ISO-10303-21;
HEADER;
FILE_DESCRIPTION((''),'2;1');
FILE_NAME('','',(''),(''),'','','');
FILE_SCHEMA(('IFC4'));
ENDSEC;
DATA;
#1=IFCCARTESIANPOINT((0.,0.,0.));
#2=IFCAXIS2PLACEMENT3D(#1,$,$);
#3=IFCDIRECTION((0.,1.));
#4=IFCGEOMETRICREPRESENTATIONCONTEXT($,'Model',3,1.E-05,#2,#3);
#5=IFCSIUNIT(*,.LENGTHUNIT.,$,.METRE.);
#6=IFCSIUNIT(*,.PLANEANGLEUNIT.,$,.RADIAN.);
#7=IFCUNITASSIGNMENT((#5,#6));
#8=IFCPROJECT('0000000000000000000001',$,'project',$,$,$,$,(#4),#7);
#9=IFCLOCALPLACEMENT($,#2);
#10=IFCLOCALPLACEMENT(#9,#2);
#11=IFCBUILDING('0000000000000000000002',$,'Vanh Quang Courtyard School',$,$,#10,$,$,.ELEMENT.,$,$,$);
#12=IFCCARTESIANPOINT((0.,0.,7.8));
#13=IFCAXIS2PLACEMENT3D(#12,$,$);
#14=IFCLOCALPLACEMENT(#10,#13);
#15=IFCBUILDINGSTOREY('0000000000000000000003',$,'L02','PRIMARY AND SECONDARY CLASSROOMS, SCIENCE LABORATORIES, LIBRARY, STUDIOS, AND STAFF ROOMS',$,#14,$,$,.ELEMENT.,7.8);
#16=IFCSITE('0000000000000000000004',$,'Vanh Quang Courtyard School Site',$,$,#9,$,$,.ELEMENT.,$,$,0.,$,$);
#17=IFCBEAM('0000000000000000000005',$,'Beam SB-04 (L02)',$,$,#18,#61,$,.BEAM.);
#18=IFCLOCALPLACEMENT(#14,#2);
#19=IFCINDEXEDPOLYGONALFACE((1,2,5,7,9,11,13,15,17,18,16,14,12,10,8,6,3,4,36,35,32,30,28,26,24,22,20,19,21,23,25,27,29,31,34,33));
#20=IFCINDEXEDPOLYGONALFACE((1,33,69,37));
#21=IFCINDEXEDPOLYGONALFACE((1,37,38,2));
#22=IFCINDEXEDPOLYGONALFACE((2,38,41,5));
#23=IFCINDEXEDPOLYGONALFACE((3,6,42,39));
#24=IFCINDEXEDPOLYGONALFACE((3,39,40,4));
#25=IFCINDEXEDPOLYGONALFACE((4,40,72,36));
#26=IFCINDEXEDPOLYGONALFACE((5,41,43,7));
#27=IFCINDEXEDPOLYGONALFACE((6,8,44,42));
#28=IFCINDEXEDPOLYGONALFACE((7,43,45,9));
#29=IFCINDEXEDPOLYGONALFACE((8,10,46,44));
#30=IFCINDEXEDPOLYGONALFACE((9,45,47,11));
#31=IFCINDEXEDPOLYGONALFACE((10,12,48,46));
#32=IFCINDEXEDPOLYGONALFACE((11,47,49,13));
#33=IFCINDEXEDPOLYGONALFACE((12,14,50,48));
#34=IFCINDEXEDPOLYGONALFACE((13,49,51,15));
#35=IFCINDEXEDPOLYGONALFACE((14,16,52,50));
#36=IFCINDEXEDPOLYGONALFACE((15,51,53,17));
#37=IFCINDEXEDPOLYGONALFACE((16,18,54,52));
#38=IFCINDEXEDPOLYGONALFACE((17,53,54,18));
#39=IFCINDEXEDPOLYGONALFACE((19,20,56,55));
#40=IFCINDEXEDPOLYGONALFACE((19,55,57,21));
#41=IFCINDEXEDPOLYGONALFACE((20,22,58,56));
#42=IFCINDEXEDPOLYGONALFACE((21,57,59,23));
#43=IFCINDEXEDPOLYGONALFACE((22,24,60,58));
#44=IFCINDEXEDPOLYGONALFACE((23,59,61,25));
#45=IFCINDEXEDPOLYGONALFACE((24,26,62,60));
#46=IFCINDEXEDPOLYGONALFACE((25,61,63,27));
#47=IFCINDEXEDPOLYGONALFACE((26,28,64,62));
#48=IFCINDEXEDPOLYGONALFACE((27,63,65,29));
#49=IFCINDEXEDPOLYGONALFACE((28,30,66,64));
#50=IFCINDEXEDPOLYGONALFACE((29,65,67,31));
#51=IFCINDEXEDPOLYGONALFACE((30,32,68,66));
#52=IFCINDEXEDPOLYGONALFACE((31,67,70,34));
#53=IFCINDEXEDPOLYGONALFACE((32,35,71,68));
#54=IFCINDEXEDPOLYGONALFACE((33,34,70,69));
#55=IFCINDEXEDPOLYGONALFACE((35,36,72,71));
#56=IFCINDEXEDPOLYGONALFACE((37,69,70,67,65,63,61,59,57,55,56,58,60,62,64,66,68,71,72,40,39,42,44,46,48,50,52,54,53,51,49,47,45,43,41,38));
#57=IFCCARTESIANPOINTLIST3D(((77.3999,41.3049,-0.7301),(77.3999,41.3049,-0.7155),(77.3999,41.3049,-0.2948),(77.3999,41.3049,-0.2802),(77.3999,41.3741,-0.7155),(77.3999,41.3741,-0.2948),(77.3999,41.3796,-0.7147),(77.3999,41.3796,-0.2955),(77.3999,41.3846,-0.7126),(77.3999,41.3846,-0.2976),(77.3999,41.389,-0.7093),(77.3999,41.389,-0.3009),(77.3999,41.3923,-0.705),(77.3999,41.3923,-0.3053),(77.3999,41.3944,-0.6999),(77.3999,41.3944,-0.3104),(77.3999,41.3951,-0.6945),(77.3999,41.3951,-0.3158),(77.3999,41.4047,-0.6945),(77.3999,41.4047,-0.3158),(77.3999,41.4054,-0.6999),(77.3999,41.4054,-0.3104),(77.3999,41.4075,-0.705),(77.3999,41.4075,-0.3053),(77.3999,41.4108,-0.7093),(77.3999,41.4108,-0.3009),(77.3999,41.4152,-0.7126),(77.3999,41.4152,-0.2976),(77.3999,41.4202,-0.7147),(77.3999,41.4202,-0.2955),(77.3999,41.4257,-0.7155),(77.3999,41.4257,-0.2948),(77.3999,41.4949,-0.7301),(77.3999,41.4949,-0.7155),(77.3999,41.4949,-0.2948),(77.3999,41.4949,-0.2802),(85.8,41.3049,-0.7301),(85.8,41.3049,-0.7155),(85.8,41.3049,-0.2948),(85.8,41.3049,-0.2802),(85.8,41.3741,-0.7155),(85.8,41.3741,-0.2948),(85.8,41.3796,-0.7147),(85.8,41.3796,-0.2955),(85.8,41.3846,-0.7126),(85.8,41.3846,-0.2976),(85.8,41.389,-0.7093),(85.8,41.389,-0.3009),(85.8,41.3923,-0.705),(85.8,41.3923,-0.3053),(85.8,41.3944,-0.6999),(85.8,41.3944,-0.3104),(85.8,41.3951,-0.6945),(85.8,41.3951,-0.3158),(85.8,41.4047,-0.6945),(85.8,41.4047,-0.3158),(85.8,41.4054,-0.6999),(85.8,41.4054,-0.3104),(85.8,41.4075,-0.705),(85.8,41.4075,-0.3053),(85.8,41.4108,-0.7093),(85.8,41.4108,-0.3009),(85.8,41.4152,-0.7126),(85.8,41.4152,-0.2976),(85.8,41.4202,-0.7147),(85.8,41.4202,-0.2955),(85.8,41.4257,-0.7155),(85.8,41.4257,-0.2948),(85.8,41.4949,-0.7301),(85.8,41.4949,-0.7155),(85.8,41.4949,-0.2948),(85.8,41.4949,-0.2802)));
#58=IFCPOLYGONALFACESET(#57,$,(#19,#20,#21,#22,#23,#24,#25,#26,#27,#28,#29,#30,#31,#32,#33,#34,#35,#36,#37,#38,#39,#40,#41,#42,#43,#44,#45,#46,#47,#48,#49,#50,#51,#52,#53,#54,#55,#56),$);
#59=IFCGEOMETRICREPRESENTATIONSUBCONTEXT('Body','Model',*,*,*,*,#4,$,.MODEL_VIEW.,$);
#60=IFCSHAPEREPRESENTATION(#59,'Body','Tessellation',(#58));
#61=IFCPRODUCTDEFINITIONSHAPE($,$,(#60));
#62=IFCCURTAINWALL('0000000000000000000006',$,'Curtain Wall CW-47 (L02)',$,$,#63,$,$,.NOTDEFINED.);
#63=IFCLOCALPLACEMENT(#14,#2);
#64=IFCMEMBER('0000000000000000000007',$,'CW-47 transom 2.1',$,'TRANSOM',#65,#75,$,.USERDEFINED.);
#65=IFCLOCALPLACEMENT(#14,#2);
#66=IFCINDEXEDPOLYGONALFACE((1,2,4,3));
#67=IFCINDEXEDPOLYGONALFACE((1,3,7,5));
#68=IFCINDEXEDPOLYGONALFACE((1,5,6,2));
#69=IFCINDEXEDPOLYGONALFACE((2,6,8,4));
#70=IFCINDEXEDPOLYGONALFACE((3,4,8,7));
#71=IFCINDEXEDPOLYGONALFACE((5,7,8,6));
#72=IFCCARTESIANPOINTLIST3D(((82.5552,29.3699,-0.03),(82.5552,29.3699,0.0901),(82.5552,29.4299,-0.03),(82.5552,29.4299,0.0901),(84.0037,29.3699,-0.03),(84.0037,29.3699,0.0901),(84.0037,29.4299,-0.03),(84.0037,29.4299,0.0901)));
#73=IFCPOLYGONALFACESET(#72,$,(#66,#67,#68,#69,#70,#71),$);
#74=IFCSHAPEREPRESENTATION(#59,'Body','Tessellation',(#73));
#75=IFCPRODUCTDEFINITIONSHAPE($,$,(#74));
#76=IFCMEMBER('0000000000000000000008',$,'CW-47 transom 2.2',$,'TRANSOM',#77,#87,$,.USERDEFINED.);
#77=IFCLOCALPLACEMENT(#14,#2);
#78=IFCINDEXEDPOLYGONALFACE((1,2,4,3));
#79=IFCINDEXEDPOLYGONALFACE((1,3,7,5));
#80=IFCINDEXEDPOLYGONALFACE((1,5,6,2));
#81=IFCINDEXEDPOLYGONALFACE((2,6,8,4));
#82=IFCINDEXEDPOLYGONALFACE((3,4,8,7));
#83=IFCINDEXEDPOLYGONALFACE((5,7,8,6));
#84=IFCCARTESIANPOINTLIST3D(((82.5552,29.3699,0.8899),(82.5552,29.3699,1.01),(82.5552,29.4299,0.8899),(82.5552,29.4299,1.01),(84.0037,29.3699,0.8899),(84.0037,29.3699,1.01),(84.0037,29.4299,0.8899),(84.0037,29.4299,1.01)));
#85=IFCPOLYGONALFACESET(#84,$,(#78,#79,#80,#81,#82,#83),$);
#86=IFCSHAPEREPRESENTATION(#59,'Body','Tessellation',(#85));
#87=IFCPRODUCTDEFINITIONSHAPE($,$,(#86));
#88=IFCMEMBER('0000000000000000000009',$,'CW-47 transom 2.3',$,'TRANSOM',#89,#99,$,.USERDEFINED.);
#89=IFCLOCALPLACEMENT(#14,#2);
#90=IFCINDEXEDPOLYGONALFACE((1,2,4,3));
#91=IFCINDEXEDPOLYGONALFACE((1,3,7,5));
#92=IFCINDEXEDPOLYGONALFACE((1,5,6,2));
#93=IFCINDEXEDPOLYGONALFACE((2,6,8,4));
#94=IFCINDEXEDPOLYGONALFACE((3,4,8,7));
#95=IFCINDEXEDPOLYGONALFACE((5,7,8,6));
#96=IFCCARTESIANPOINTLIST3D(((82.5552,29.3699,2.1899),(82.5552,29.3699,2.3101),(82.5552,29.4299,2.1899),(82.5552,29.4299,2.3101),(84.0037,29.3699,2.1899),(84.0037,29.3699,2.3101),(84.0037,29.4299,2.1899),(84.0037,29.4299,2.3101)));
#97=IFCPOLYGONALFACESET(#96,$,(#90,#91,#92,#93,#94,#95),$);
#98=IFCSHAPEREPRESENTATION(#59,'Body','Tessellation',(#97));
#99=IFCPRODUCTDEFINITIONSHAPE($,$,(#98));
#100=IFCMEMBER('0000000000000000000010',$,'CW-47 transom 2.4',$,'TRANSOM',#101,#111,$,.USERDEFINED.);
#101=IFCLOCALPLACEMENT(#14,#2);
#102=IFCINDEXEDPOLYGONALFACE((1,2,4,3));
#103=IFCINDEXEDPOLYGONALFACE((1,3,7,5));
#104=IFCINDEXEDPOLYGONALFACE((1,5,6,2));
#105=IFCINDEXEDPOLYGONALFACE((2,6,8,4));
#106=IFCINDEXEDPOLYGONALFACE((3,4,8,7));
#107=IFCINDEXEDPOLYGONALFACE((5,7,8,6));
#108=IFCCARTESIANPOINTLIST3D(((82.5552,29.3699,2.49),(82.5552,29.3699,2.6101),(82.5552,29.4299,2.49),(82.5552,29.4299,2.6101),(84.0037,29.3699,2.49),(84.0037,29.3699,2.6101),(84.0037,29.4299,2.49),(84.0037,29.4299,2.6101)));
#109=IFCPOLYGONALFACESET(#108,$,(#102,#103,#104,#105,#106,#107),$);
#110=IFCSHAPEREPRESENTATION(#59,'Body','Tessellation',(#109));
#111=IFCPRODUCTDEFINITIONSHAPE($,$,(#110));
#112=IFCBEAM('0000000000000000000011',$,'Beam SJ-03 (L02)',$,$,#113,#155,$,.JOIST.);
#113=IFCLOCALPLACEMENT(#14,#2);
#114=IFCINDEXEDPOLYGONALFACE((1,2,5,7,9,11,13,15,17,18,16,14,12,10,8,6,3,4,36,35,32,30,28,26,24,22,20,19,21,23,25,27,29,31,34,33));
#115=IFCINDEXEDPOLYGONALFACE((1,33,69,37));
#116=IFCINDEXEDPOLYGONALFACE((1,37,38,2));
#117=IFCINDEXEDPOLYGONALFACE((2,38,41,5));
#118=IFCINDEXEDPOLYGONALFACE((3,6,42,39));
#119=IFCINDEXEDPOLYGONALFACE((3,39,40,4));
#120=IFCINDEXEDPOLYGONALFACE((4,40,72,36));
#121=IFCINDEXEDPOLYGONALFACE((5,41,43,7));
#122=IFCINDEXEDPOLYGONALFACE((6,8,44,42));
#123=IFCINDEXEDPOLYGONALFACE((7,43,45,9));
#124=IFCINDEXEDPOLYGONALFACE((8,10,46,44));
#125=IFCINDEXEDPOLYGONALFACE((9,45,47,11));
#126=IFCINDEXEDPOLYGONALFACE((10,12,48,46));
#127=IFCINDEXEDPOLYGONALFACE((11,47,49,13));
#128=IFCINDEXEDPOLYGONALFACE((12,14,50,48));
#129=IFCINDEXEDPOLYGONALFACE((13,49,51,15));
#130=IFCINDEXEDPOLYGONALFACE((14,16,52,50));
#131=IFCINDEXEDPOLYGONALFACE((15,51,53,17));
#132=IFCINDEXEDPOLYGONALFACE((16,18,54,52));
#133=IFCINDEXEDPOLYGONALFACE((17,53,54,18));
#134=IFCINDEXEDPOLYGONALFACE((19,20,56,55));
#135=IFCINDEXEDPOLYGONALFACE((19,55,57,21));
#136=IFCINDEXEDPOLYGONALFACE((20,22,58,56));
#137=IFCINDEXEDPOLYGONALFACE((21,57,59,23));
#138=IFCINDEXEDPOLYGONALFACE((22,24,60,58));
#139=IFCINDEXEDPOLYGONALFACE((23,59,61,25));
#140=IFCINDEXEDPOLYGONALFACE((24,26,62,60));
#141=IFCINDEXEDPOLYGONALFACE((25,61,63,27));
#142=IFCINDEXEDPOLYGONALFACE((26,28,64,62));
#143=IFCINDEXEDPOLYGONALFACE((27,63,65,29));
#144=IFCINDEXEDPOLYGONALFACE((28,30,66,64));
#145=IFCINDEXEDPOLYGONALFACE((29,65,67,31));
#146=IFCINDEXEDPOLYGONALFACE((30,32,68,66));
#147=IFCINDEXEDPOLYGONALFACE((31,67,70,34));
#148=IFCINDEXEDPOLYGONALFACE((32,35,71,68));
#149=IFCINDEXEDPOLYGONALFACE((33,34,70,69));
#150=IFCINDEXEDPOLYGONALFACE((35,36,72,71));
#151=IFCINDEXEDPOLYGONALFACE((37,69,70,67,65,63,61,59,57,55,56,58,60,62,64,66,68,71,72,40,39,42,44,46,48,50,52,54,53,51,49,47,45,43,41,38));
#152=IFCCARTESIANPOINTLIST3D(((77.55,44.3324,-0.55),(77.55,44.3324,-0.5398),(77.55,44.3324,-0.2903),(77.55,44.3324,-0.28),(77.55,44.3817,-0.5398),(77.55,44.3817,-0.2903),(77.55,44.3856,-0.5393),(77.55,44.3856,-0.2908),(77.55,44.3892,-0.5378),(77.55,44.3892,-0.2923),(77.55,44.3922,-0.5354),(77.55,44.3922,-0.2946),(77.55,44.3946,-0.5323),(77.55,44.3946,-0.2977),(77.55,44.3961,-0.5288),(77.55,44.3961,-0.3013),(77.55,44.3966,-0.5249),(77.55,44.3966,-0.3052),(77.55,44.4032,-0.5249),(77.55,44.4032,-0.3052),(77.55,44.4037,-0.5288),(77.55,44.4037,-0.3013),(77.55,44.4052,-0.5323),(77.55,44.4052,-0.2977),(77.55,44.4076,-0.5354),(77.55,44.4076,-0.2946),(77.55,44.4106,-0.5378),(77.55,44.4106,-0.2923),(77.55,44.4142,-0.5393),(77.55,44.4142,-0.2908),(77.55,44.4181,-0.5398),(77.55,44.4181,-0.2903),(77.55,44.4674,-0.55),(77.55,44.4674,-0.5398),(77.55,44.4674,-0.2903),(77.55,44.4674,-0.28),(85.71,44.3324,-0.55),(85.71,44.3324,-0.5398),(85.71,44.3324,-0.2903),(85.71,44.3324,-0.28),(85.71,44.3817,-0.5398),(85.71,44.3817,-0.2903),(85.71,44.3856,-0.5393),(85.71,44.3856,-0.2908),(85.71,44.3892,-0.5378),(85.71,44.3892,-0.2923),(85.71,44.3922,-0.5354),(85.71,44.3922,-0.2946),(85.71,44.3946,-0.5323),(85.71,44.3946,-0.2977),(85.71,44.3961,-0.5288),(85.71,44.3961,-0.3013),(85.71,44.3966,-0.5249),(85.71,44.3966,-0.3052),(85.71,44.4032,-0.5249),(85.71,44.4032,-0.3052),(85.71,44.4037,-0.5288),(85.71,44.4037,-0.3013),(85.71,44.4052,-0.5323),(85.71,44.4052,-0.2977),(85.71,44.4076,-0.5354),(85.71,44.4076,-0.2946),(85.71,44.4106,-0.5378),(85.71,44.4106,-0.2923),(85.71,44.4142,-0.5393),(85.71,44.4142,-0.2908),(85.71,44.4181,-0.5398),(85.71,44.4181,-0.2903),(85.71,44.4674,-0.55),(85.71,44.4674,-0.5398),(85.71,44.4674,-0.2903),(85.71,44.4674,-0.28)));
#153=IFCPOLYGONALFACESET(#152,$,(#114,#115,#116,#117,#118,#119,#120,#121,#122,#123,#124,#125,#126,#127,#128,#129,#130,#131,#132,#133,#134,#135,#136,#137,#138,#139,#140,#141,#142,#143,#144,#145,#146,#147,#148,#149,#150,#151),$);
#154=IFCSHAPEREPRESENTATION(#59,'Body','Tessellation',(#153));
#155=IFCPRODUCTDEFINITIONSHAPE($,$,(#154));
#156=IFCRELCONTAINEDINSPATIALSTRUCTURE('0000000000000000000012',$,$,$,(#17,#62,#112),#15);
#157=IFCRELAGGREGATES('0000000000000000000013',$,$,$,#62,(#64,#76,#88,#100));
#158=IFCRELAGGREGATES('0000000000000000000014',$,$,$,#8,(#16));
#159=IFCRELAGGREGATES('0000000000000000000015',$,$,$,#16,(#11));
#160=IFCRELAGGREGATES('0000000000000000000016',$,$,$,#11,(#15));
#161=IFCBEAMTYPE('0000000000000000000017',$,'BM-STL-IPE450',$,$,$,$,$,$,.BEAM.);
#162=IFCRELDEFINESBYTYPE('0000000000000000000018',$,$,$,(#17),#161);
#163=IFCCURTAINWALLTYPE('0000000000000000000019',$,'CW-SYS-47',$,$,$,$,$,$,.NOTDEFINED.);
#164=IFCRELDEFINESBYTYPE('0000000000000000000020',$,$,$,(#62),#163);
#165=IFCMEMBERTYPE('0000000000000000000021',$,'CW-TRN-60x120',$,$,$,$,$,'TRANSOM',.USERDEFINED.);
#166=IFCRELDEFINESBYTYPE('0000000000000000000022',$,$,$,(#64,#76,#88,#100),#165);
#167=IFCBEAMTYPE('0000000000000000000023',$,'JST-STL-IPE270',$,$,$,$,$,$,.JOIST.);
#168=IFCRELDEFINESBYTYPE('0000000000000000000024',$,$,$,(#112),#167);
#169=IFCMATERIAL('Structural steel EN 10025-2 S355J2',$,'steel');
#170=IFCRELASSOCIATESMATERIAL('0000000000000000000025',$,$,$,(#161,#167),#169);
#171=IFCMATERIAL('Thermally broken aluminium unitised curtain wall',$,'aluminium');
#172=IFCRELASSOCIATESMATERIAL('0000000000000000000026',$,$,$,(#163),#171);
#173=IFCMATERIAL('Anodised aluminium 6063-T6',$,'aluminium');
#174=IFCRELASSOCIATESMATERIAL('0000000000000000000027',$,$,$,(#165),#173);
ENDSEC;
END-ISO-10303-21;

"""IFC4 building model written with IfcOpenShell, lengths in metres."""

from ifc_helpers import new_model, si_unit, direction, frame, origin, origin_2d, place, context, subcontext, project, spatial, rectangle, i_section, extrude, material, material_profile, profile_set, type_object, element, aggregate, save


model = new_model("IFC4")

# Units and contexts
model_context = context("Model", 3, precision=1e-05, world=origin(), true_north=direction((0.0, 1.0)))
body_context = subcontext(model_context, "Body", "Model", "MODEL_VIEW")
ifc_project = project(units=[si_unit("LENGTHUNIT", "METRE"), si_unit("PLANEANGLEUNIT", "RADIAN")], contexts=[model_context])

# Site, building, storey
site_placement = place(None, origin())
site = spatial("IfcSite", under=ifc_project, at=site_placement, Name="Vanh Quang Courtyard School Site", CompositionType="ELEMENT", RefElevation=0.0)
building_placement = place(site_placement, origin())
building = spatial("IfcBuilding", under=site, at=building_placement, Name="Vanh Quang Courtyard School", CompositionType="ELEMENT")
storey_placement = place(building_placement, frame((0.0, 0.0, 7.8)))
storey = spatial("IfcBuildingStorey", under=building, at=storey_placement, Name="L02", Description="PRIMARY AND SECONDARY CLASSROOMS, SCIENCE LABORATORIES, LIBRARY, STUDIOS, AND STAFF ROOMS", CompositionType="ELEMENT", Elevation=7.8)

# Beam
ifc_material_1 = material(Name="Structural steel EN 10025-2 S355J2", Category="steel")
ifc_material_profile_1 = material_profile(ifc_material_1, i_section(OverallWidth=0.1899, OverallDepth=0.45, WebThickness=0.0095, FlangeThickness=0.0146, FilletRadius=0.021, at=origin_2d()), Name="IPE 450")
ifc_profile_set_1 = profile_set([ifc_material_profile_1], Name="Structural steel EN 10025-2 S355J2")
beam_type_1 = type_object("IfcBeamType", Name="BM-STL-IPE450", PredefinedType="BEAM", material=ifc_profile_set_1)
beam_1_placement = place(storey_placement, frame((77.3999, 41.3999, -0.5051), z_axis=(1.0, 0.0, 0.0), x_axis=(0.0, 1.0, 0.0)))
element("IfcBeam", 1, at=beam_1_placement, inside=storey, type_object=beam_type_1, Name="Beam SB-04 (L02)", PredefinedType="BEAM", context=body_context, shape_type="SweptSolid", body=[
    extrude(i_section(OverallWidth=0.1899, OverallDepth=0.45, WebThickness=0.0095, FlangeThickness=0.0146, FilletRadius=0.021, at=origin_2d()), origin(), (0.0, 0.0, 1.0), 8.4001),
])

# Curtain wall, members
ifc_material_2 = material(Name="Thermally broken aluminium unitised curtain wall", Category="aluminium")
curtain_wall_type = type_object("IfcCurtainWallType", Name="CW-SYS-47", PredefinedType="NOTDEFINED", material=ifc_material_2)
curtain_wall_placement = place(storey_placement, origin())
curtain_wall = element("IfcCurtainWall", 2, at=curtain_wall_placement, inside=storey, type_object=curtain_wall_type, Name="Curtain Wall CW-47 (L02)", PredefinedType="NOTDEFINED")
ifc_material_3 = material(Name="Anodised aluminium 6063-T6", Category="aluminium")
ifc_material_profile_2 = material_profile(ifc_material_3, rectangle(XDim=0.0601, YDim=0.1201, at=origin_2d()), Name="ALU-TRN 60x120")
ifc_profile_set_2 = profile_set([ifc_material_profile_2], Name="Anodised aluminium 6063-T6")
member_type = type_object("IfcMemberType", Name="CW-TRN-60x120", ElementType="TRANSOM", PredefinedType="USERDEFINED", material=ifc_profile_set_2)
member_1_placement = place(storey_placement, frame((84.0037, 29.3999, 0.03), z_axis=(-1.0, 0.0, 0.0), x_axis=(0.0, -1.0, 0.0)))
member_1 = element("IfcMember", 3, at=member_1_placement, type_object=member_type, Name="CW-47 transom 2.1", ObjectType="TRANSOM", PredefinedType="USERDEFINED", context=body_context, shape_type="SweptSolid", body=[
    extrude(rectangle(XDim=0.0601, YDim=0.1201, at=origin_2d()), origin(), (0.0, 0.0, 1.0), 1.4485),
])
member_2_placement = place(storey_placement, frame((84.0037, 29.3999, 0.95), z_axis=(-1.0, 0.0, 0.0), x_axis=(0.0, -1.0, 0.0)))
member_2 = element("IfcMember", 4, at=member_2_placement, type_object=member_type, Name="CW-47 transom 2.2", ObjectType="TRANSOM", PredefinedType="USERDEFINED", context=body_context, shape_type="SweptSolid", body=[
    extrude(rectangle(XDim=0.0601, YDim=0.1201, at=origin_2d()), origin(), (0.0, 0.0, 1.0), 1.4485),
])
member_3_placement = place(storey_placement, frame((84.0037, 29.3999, 2.25), z_axis=(-1.0, 0.0, 0.0), x_axis=(0.0, -1.0, 0.0)))
member_3 = element("IfcMember", 5, at=member_3_placement, type_object=member_type, Name="CW-47 transom 2.3", ObjectType="TRANSOM", PredefinedType="USERDEFINED", context=body_context, shape_type="SweptSolid", body=[
    extrude(rectangle(XDim=0.0601, YDim=0.1201, at=origin_2d()), origin(), (0.0, 0.0, 1.0), 1.4485),
])
member_4_placement = place(storey_placement, frame((84.0037, 29.3999, 2.55), z_axis=(-1.0, 0.0, 0.0), x_axis=(0.0, -1.0, 0.0)))
member_4 = element("IfcMember", 6, at=member_4_placement, type_object=member_type, Name="CW-47 transom 2.4", ObjectType="TRANSOM", PredefinedType="USERDEFINED", context=body_context, shape_type="SweptSolid", body=[
    extrude(rectangle(XDim=0.0601, YDim=0.1201, at=origin_2d()), origin(), (0.0, 0.0, 1.0), 1.4485),
])

# Beam
ifc_material_profile_3 = material_profile(ifc_material_1, i_section(OverallWidth=0.135, OverallDepth=0.27, WebThickness=0.0066, FlangeThickness=0.0103, FilletRadius=0.0149, at=origin_2d()), Name="IPE 270")
ifc_profile_set_3 = profile_set([ifc_material_profile_3], Name="Structural steel EN 10025-2 S355J2")
beam_type_2 = type_object("IfcBeamType", Name="JST-STL-IPE270", PredefinedType="JOIST", material=ifc_profile_set_3)
beam_2_placement = place(storey_placement, frame((77.55, 44.3999, -0.415), z_axis=(1.0, 0.0, 0.0), x_axis=(0.0, 1.0, 0.0)))
element("IfcBeam", 7, at=beam_2_placement, inside=storey, type_object=beam_type_2, Name="Beam SJ-03 (L02)", PredefinedType="JOIST", context=body_context, shape_type="SweptSolid", body=[
    extrude(i_section(OverallWidth=0.135, OverallDepth=0.27, WebThickness=0.0066, FlangeThickness=0.0103, FilletRadius=0.0149, at=origin_2d()), origin(), (0.0, 0.0, 1.0), 8.1599),
])

aggregate(curtain_wall, [member_1, member_2, member_3, member_4])

save(model, "model.ifc")
